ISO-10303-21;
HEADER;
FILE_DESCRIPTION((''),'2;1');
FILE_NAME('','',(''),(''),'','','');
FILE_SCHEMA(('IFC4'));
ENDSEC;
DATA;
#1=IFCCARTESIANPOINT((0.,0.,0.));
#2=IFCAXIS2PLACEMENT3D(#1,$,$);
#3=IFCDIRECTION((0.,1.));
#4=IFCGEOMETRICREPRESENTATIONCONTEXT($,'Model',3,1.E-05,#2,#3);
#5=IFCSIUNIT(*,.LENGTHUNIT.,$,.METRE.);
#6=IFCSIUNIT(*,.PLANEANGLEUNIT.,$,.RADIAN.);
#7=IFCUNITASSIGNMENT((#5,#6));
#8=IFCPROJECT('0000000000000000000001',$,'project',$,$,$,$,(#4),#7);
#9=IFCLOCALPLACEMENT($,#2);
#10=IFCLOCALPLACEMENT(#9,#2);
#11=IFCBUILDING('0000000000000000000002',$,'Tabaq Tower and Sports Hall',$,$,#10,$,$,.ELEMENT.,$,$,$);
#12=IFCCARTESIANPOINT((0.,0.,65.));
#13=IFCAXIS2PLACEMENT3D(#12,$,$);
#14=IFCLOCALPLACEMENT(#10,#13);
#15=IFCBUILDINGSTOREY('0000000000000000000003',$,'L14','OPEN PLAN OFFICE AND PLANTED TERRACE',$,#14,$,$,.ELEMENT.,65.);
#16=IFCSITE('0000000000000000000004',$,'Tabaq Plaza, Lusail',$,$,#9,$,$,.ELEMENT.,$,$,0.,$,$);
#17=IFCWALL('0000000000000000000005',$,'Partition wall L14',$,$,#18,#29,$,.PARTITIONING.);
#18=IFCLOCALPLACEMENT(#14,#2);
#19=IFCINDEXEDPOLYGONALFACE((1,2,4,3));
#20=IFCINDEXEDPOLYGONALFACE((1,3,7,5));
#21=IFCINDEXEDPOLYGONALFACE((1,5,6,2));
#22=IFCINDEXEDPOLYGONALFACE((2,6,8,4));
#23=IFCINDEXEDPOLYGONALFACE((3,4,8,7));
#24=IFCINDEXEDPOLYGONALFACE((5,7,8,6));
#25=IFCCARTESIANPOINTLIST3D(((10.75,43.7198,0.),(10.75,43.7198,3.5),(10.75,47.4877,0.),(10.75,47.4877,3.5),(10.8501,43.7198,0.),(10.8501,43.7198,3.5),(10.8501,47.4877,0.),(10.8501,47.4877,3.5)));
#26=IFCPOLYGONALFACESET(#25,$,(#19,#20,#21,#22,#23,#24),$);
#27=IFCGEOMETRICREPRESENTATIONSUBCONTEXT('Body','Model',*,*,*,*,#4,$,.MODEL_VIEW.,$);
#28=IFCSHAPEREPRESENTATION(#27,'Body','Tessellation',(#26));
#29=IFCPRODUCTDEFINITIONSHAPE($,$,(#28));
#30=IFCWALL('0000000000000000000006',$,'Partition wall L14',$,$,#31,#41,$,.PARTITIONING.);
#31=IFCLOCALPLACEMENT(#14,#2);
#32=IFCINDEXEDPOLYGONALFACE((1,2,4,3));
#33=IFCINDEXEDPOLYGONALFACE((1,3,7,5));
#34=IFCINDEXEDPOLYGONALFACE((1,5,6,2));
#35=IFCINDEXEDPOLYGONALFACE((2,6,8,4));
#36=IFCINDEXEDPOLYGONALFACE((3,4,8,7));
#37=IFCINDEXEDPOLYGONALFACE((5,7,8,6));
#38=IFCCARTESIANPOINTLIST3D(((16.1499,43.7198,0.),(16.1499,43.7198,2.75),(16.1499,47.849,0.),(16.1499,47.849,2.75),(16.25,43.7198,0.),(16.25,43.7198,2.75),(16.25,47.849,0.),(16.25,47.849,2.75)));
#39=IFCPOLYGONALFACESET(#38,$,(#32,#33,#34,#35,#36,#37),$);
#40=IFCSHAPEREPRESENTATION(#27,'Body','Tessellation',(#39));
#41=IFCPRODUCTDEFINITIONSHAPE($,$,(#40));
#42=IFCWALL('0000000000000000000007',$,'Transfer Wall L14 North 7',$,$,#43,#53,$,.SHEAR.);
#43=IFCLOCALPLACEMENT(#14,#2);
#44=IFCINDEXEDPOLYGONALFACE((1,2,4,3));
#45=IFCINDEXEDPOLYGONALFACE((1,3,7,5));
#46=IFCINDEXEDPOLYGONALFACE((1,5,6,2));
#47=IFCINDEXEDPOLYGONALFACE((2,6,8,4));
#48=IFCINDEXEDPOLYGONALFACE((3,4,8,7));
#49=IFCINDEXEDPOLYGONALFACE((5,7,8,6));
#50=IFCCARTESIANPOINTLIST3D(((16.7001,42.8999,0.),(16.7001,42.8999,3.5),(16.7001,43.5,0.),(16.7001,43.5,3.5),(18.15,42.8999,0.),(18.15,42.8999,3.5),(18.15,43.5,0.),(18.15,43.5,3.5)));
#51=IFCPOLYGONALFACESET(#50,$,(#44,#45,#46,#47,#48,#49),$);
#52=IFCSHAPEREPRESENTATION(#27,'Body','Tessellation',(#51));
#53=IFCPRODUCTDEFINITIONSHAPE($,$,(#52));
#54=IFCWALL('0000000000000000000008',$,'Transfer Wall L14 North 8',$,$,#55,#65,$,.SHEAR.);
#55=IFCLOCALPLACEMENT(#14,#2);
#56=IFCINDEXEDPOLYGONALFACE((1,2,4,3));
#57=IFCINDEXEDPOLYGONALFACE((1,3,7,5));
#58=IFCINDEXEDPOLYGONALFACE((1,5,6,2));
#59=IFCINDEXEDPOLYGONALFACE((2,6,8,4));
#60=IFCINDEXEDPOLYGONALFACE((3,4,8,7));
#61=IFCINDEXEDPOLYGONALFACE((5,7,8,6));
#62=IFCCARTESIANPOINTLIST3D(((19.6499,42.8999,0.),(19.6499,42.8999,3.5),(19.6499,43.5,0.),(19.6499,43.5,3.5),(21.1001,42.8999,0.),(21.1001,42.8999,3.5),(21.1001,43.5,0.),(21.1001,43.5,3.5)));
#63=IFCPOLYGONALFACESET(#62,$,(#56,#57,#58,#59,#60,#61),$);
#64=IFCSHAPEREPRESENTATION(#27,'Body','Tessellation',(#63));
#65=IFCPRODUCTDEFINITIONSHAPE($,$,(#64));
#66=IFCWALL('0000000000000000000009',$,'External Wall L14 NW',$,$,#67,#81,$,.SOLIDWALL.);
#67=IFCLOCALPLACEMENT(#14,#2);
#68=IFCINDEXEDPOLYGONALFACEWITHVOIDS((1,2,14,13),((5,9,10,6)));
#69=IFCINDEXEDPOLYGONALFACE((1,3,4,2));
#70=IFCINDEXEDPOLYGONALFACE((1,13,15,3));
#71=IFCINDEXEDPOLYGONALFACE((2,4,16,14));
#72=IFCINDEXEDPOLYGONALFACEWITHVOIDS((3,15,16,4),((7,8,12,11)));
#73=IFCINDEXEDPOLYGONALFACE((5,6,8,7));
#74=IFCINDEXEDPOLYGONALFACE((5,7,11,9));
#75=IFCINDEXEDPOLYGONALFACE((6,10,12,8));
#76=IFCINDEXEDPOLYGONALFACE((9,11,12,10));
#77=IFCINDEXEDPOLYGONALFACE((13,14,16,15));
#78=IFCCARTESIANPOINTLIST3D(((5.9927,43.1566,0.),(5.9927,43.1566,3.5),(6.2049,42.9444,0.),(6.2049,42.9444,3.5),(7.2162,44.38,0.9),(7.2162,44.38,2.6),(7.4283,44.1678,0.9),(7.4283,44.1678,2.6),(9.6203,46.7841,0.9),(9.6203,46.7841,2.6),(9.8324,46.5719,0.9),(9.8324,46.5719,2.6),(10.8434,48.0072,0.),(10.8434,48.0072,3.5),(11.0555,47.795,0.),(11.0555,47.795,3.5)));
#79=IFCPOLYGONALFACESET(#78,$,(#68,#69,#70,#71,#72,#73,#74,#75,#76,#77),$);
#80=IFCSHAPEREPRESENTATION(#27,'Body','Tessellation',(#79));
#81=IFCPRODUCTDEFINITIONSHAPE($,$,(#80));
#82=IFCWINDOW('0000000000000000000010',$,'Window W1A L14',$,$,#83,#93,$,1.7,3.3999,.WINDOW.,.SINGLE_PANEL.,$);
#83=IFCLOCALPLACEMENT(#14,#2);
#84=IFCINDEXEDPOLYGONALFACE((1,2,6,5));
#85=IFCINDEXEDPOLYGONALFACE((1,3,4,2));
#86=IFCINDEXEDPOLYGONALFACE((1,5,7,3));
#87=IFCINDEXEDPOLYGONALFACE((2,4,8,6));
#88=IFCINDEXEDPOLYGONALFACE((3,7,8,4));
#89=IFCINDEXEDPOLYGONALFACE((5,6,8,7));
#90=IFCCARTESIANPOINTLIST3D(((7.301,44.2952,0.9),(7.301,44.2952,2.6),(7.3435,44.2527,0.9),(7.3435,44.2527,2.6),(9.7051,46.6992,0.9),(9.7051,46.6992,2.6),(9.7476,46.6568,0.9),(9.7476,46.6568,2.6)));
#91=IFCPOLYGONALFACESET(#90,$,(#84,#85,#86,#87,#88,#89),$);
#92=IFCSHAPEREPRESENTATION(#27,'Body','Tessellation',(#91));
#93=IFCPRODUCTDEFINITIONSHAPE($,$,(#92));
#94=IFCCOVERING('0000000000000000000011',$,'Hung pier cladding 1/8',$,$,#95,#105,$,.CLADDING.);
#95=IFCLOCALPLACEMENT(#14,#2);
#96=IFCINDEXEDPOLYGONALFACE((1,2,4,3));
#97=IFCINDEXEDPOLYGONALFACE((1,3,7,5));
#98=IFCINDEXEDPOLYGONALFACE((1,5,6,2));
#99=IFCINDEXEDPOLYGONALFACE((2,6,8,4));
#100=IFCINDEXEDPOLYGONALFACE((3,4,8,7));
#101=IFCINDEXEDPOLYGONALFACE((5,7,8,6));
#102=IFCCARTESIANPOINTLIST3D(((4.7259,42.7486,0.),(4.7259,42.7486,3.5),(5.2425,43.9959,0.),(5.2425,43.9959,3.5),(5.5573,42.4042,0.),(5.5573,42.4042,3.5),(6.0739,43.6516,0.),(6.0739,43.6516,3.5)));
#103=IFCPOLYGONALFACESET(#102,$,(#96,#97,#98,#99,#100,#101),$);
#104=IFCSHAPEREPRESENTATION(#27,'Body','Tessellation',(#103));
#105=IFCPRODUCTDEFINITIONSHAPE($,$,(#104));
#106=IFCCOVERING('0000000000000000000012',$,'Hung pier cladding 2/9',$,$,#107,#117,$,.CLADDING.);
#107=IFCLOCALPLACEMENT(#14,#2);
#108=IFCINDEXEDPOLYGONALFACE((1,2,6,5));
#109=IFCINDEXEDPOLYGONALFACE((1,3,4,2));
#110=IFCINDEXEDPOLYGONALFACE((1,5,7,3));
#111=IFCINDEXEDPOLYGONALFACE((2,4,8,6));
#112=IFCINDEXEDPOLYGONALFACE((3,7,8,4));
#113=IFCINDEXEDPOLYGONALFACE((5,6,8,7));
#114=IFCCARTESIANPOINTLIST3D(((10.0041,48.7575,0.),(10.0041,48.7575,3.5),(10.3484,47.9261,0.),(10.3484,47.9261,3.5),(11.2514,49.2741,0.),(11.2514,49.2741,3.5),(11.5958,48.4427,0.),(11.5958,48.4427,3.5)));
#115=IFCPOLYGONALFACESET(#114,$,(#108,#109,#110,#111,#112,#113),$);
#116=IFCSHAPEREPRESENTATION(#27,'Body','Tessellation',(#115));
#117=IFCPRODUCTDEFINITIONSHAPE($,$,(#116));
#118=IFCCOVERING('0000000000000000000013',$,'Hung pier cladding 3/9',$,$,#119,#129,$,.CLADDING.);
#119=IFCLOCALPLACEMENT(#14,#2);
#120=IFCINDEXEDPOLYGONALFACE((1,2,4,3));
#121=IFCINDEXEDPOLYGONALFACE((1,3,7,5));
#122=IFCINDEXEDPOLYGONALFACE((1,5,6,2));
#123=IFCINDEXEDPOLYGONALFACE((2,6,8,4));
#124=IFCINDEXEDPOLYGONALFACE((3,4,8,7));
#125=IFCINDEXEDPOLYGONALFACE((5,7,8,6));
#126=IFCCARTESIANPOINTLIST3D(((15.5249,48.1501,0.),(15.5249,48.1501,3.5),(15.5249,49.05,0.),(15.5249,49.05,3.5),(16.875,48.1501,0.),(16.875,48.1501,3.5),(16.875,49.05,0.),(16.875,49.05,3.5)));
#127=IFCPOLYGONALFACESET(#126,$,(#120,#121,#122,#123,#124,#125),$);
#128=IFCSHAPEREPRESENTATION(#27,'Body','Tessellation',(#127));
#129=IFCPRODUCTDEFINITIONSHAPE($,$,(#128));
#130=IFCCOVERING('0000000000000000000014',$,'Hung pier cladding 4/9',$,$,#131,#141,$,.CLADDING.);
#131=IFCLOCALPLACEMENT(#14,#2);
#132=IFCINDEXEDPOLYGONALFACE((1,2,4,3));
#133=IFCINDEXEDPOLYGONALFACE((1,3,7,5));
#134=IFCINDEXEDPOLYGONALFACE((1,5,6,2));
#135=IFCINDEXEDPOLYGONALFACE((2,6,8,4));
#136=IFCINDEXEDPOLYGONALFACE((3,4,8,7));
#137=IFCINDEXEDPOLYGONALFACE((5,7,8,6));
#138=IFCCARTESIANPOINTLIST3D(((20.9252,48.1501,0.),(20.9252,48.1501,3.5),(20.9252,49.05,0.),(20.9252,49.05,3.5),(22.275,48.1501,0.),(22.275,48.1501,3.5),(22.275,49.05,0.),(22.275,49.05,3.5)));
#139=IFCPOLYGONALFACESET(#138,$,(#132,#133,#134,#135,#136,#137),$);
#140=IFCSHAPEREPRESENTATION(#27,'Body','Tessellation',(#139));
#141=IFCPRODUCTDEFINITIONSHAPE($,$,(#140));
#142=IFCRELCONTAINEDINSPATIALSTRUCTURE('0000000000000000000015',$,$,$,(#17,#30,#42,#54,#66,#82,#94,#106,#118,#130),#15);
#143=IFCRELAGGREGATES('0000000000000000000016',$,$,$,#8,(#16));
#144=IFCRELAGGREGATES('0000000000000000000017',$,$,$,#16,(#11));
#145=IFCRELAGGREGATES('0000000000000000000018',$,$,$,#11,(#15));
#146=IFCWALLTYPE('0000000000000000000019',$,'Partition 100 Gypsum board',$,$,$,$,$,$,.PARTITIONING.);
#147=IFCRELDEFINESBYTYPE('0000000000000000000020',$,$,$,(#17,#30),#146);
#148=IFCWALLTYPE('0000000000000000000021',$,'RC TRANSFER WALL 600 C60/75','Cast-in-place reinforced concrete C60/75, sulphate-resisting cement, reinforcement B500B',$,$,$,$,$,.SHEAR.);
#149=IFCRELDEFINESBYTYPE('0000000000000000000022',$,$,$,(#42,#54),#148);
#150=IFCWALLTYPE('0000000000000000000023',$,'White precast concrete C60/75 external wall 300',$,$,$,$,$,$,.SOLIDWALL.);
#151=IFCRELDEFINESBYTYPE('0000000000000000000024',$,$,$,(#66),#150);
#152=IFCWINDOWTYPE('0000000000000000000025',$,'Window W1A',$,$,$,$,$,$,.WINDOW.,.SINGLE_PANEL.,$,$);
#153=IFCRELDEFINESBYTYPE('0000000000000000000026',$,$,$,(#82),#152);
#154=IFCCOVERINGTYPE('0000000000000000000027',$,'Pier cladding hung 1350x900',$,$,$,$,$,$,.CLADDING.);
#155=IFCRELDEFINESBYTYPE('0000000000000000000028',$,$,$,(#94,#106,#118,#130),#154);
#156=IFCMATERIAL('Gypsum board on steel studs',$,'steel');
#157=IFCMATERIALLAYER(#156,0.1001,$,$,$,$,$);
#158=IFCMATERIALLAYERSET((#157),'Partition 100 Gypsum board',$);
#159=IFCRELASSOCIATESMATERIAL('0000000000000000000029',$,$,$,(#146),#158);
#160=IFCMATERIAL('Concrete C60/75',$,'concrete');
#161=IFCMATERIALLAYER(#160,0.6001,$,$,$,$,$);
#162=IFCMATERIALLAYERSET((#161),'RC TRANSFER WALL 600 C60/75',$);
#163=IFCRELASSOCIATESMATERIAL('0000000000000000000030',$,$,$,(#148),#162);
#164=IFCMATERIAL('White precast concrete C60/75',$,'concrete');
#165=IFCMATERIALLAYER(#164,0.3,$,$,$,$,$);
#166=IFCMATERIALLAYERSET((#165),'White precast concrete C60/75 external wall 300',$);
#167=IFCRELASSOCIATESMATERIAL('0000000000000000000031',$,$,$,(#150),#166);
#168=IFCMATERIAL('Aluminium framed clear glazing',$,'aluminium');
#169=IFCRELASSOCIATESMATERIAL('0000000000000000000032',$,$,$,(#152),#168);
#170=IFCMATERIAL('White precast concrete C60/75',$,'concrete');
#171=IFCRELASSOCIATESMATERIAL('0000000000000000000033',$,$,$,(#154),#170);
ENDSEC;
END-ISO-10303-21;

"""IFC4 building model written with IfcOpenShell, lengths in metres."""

from ifc_helpers import new_model, si_unit, direction, frame, frame_2d, origin, place, context, subcontext, project, spatial, rectangle, extrude, material, layer, layer_set, type_object, element, fill, save


model = new_model("IFC4")

# Units and contexts
model_context = context("Model", 3, precision=1e-05, world=origin(), true_north=direction((0.0, 1.0)))
body_context = subcontext(model_context, "Body", "Model", "MODEL_VIEW")
ifc_project = project(units=[si_unit("LENGTHUNIT", "METRE"), si_unit("PLANEANGLEUNIT", "RADIAN")], contexts=[model_context])

# Site, building, storey
site_placement = place(None, origin())
site = spatial("IfcSite", under=ifc_project, at=site_placement, Name="Tabaq Plaza, Lusail", CompositionType="ELEMENT", RefElevation=0.0)
building_placement = place(site_placement, origin())
building = spatial("IfcBuilding", under=site, at=building_placement, Name="Tabaq Tower and Sports Hall", CompositionType="ELEMENT")
storey_placement = place(building_placement, frame((0.0, 0.0, 65.0)))
storey = spatial("IfcBuildingStorey", under=building, at=storey_placement, Name="L14", Description="OPEN PLAN OFFICE AND PLANTED TERRACE", CompositionType="ELEMENT", Elevation=65.0)

# Shared definitions
ifc_material_1 = material(Name="Gypsum board on steel studs", Category="steel")
ifc_layer_1 = layer(ifc_material_1, 0.1001)
ifc_layer_set_1 = layer_set([ifc_layer_1], Name="Partition 100 Gypsum board")
wall_type_1 = type_object("IfcWallType", Name="Partition 100 Gypsum board", PredefinedType="PARTITIONING", material=ifc_layer_set_1)

# Walls
wall_1_placement = place(storey_placement, frame((10.8, 43.72, 0.0), z_axis=(0.0, 0.0, 1.0), x_axis=(0.0, 1.0, 0.0)))
element("IfcWall", 1, at=wall_1_placement, inside=storey, type_object=wall_type_1, Name="Partition wall L14", PredefinedType="PARTITIONING", context=body_context, shape_type="SweptSolid", body=[
    extrude(rectangle(XDim=3.7678, YDim=0.1001, at=frame_2d((1.8838, 0.0))), origin(), (0.0, 0.0, 1.0), 3.5),
])
wall_2_placement = place(storey_placement, frame((16.2, 43.72, 0.0), z_axis=(0.0, 0.0, 1.0), x_axis=(0.0, 1.0, 0.0)))
element("IfcWall", 2, at=wall_2_placement, inside=storey, type_object=wall_type_1, Name="Partition wall L14", PredefinedType="PARTITIONING", context=body_context, shape_type="SweptSolid", body=[
    extrude(rectangle(XDim=4.1292, YDim=0.1001, at=frame_2d((2.0645, 0.0))), origin(), (0.0, 0.0, 1.0), 2.75),
])
ifc_material_2 = material(Name="Concrete C60/75", Category="concrete")
ifc_layer_2 = layer(ifc_material_2, 0.6001)
ifc_layer_set_2 = layer_set([ifc_layer_2], Name="RC TRANSFER WALL 600 C60/75")
wall_type_2 = type_object("IfcWallType", Name="RC TRANSFER WALL 600 C60/75", Description="Cast-in-place reinforced concrete C60/75, sulphate-resisting cement, reinforcement B500B", PredefinedType="SHEAR", material=ifc_layer_set_2)
wall_3_placement = place(storey_placement, frame((16.7, 43.2, 0.0), z_axis=(0.0, 0.0, 1.0), x_axis=(1.0, 0.0, 0.0)))
element("IfcWall", 3, at=wall_3_placement, inside=storey, type_object=wall_type_2, Name="Transfer Wall L14 North 7", PredefinedType="SHEAR", context=body_context, shape_type="SweptSolid", body=[
    extrude(rectangle(XDim=1.45, YDim=0.6001, at=frame_2d((0.7251, 0.0))), origin(), (0.0, 0.0, 1.0), 3.5),
])
wall_4_placement = place(storey_placement, frame((19.6499, 43.2, 0.0), z_axis=(0.0, 0.0, 1.0), x_axis=(1.0, 0.0, 0.0)))
element("IfcWall", 4, at=wall_4_placement, inside=storey, type_object=wall_type_2, Name="Transfer Wall L14 North 8", PredefinedType="SHEAR", context=body_context, shape_type="SweptSolid", body=[
    extrude(rectangle(XDim=1.4502, YDim=0.6001, at=frame_2d((0.7251, 0.0))), origin(), (0.0, 0.0, 1.0), 3.5),
])

# Wall, opening, window
ifc_material_3 = material(Name="White precast concrete C60/75", Category="concrete")
ifc_layer_3 = layer(ifc_material_3, 0.3)
ifc_layer_set_3 = layer_set([ifc_layer_3], Name="White precast concrete C60/75 external wall 300")
wall_type_3 = type_object("IfcWallType", Name="White precast concrete C60/75 external wall 300", PredefinedType="SOLIDWALL", material=ifc_layer_set_3)
wall_5_placement = place(storey_placement, frame((10.9495, 47.9011, 0.0), z_axis=(0.0, 0.0, 1.0), x_axis=(-0.707107, -0.707107, 0.0)))
wall_5 = element("IfcWall", 5, at=wall_5_placement, inside=storey, type_object=wall_type_3, Name="External Wall L14 NW", PredefinedType="SOLIDWALL", context=body_context, shape_type="SweptSolid", body=[
    extrude(rectangle(XDim=6.8599, YDim=0.3, at=frame_2d((3.4299, 0.0))), origin(), (0.0, 0.0, 1.0), 3.5),
])
opening_1_placement = place(wall_5_placement, frame((1.7297, 0.0, 0.8999)))
opening_1 = element("IfcOpeningElement", 6, at=opening_1_placement, cuts=wall_5, PredefinedType="OPENING", context=body_context, shape_type="SweptSolid", body=[
    extrude(rectangle(XDim=3.3999, YDim=1.7, at=frame_2d((1.7, 0.8501))), frame((0.0, 0.1602, 0.0), z_axis=(0.0, -1.0, 0.0), x_axis=(1.0, 0.0, 0.0)), (0.0, 0.0, 1.0), 0.3201),
])
ifc_material_4 = material(Name="Aluminium framed clear glazing", Category="aluminium")
window_type = type_object("IfcWindowType", Name="Window W1A", PartitioningType="SINGLE_PANEL", PredefinedType="WINDOW", material=ifc_material_4)
window_placement = place(opening_1_placement, origin())
window = element("IfcWindow", 7, at=window_placement, inside=storey, type_object=window_type, Name="Window W1A L14", OverallHeight=1.7, OverallWidth=3.3999, PartitioningType="SINGLE_PANEL", PredefinedType="WINDOW", context=body_context, shape_type="SweptSolid", body=[
    extrude(rectangle(XDim=3.3999, YDim=1.7, at=frame_2d((1.7, 0.8501))), frame((0.0, 0.03, 0.0), z_axis=(0.0, -1.0, 0.0), x_axis=(1.0, 0.0, 0.0)), (0.0, 0.0, 1.0), 0.0601),
])
fill(opening_1, window)

# Coverings
ifc_material_5 = material(Name="White precast concrete C60/75", Category="concrete")
covering_type_1 = type_object("IfcCoveringType", Name="Pier cladding hung 1350x900", PredefinedType="CLADDING", material=ifc_material_5)
for number, where, z_axis, x_axis, name in (
    (8, (5.6582, 43.8237, 0.0), (0.0, 0.0, 1.0), (-0.38265, -0.923893, 0.0), "Hung pier cladding 1/8"),
    (9, (11.4236, 48.8584, 0.0), (0.0, 0.0, 1.0), (-0.923893, -0.38265, 0.0), "Hung pier cladding 2/9"),
    (10, (16.875, 48.6001, 0.0), (0.0, 0.0, 1.0), (-1.0, 0.0, 0.0), "Hung pier cladding 3/9"),
):
    element("IfcCovering", number, at=place(storey_placement, frame(where, z_axis=z_axis, x_axis=x_axis)), inside=storey, type_object=covering_type_1, Name=name, PredefinedType="CLADDING", context=body_context, shape_type="SweptSolid", body=[
        extrude(rectangle(XDim=1.3501, YDim=0.8999, at=frame_2d((0.675, 0.0))), origin(), (0.0, 0.0, 1.0), 3.5),
    ])
covering_1_placement = place(storey_placement, frame((22.2749, 48.6001, 0.0), z_axis=(0.0, 0.0, 1.0), x_axis=(-1.0, 0.0, 0.0)))
element("IfcCovering", 11, at=covering_1_placement, inside=storey, type_object=covering_type_1, Name="Hung pier cladding 4/9", PredefinedType="CLADDING", context=body_context, shape_type="SweptSolid", body=[
    extrude(rectangle(XDim=1.3499, YDim=0.8999, at=frame_2d((0.6748, 0.0))), origin(), (0.0, 0.0, 1.0), 3.5),
])

save(model, "model.ifc")
